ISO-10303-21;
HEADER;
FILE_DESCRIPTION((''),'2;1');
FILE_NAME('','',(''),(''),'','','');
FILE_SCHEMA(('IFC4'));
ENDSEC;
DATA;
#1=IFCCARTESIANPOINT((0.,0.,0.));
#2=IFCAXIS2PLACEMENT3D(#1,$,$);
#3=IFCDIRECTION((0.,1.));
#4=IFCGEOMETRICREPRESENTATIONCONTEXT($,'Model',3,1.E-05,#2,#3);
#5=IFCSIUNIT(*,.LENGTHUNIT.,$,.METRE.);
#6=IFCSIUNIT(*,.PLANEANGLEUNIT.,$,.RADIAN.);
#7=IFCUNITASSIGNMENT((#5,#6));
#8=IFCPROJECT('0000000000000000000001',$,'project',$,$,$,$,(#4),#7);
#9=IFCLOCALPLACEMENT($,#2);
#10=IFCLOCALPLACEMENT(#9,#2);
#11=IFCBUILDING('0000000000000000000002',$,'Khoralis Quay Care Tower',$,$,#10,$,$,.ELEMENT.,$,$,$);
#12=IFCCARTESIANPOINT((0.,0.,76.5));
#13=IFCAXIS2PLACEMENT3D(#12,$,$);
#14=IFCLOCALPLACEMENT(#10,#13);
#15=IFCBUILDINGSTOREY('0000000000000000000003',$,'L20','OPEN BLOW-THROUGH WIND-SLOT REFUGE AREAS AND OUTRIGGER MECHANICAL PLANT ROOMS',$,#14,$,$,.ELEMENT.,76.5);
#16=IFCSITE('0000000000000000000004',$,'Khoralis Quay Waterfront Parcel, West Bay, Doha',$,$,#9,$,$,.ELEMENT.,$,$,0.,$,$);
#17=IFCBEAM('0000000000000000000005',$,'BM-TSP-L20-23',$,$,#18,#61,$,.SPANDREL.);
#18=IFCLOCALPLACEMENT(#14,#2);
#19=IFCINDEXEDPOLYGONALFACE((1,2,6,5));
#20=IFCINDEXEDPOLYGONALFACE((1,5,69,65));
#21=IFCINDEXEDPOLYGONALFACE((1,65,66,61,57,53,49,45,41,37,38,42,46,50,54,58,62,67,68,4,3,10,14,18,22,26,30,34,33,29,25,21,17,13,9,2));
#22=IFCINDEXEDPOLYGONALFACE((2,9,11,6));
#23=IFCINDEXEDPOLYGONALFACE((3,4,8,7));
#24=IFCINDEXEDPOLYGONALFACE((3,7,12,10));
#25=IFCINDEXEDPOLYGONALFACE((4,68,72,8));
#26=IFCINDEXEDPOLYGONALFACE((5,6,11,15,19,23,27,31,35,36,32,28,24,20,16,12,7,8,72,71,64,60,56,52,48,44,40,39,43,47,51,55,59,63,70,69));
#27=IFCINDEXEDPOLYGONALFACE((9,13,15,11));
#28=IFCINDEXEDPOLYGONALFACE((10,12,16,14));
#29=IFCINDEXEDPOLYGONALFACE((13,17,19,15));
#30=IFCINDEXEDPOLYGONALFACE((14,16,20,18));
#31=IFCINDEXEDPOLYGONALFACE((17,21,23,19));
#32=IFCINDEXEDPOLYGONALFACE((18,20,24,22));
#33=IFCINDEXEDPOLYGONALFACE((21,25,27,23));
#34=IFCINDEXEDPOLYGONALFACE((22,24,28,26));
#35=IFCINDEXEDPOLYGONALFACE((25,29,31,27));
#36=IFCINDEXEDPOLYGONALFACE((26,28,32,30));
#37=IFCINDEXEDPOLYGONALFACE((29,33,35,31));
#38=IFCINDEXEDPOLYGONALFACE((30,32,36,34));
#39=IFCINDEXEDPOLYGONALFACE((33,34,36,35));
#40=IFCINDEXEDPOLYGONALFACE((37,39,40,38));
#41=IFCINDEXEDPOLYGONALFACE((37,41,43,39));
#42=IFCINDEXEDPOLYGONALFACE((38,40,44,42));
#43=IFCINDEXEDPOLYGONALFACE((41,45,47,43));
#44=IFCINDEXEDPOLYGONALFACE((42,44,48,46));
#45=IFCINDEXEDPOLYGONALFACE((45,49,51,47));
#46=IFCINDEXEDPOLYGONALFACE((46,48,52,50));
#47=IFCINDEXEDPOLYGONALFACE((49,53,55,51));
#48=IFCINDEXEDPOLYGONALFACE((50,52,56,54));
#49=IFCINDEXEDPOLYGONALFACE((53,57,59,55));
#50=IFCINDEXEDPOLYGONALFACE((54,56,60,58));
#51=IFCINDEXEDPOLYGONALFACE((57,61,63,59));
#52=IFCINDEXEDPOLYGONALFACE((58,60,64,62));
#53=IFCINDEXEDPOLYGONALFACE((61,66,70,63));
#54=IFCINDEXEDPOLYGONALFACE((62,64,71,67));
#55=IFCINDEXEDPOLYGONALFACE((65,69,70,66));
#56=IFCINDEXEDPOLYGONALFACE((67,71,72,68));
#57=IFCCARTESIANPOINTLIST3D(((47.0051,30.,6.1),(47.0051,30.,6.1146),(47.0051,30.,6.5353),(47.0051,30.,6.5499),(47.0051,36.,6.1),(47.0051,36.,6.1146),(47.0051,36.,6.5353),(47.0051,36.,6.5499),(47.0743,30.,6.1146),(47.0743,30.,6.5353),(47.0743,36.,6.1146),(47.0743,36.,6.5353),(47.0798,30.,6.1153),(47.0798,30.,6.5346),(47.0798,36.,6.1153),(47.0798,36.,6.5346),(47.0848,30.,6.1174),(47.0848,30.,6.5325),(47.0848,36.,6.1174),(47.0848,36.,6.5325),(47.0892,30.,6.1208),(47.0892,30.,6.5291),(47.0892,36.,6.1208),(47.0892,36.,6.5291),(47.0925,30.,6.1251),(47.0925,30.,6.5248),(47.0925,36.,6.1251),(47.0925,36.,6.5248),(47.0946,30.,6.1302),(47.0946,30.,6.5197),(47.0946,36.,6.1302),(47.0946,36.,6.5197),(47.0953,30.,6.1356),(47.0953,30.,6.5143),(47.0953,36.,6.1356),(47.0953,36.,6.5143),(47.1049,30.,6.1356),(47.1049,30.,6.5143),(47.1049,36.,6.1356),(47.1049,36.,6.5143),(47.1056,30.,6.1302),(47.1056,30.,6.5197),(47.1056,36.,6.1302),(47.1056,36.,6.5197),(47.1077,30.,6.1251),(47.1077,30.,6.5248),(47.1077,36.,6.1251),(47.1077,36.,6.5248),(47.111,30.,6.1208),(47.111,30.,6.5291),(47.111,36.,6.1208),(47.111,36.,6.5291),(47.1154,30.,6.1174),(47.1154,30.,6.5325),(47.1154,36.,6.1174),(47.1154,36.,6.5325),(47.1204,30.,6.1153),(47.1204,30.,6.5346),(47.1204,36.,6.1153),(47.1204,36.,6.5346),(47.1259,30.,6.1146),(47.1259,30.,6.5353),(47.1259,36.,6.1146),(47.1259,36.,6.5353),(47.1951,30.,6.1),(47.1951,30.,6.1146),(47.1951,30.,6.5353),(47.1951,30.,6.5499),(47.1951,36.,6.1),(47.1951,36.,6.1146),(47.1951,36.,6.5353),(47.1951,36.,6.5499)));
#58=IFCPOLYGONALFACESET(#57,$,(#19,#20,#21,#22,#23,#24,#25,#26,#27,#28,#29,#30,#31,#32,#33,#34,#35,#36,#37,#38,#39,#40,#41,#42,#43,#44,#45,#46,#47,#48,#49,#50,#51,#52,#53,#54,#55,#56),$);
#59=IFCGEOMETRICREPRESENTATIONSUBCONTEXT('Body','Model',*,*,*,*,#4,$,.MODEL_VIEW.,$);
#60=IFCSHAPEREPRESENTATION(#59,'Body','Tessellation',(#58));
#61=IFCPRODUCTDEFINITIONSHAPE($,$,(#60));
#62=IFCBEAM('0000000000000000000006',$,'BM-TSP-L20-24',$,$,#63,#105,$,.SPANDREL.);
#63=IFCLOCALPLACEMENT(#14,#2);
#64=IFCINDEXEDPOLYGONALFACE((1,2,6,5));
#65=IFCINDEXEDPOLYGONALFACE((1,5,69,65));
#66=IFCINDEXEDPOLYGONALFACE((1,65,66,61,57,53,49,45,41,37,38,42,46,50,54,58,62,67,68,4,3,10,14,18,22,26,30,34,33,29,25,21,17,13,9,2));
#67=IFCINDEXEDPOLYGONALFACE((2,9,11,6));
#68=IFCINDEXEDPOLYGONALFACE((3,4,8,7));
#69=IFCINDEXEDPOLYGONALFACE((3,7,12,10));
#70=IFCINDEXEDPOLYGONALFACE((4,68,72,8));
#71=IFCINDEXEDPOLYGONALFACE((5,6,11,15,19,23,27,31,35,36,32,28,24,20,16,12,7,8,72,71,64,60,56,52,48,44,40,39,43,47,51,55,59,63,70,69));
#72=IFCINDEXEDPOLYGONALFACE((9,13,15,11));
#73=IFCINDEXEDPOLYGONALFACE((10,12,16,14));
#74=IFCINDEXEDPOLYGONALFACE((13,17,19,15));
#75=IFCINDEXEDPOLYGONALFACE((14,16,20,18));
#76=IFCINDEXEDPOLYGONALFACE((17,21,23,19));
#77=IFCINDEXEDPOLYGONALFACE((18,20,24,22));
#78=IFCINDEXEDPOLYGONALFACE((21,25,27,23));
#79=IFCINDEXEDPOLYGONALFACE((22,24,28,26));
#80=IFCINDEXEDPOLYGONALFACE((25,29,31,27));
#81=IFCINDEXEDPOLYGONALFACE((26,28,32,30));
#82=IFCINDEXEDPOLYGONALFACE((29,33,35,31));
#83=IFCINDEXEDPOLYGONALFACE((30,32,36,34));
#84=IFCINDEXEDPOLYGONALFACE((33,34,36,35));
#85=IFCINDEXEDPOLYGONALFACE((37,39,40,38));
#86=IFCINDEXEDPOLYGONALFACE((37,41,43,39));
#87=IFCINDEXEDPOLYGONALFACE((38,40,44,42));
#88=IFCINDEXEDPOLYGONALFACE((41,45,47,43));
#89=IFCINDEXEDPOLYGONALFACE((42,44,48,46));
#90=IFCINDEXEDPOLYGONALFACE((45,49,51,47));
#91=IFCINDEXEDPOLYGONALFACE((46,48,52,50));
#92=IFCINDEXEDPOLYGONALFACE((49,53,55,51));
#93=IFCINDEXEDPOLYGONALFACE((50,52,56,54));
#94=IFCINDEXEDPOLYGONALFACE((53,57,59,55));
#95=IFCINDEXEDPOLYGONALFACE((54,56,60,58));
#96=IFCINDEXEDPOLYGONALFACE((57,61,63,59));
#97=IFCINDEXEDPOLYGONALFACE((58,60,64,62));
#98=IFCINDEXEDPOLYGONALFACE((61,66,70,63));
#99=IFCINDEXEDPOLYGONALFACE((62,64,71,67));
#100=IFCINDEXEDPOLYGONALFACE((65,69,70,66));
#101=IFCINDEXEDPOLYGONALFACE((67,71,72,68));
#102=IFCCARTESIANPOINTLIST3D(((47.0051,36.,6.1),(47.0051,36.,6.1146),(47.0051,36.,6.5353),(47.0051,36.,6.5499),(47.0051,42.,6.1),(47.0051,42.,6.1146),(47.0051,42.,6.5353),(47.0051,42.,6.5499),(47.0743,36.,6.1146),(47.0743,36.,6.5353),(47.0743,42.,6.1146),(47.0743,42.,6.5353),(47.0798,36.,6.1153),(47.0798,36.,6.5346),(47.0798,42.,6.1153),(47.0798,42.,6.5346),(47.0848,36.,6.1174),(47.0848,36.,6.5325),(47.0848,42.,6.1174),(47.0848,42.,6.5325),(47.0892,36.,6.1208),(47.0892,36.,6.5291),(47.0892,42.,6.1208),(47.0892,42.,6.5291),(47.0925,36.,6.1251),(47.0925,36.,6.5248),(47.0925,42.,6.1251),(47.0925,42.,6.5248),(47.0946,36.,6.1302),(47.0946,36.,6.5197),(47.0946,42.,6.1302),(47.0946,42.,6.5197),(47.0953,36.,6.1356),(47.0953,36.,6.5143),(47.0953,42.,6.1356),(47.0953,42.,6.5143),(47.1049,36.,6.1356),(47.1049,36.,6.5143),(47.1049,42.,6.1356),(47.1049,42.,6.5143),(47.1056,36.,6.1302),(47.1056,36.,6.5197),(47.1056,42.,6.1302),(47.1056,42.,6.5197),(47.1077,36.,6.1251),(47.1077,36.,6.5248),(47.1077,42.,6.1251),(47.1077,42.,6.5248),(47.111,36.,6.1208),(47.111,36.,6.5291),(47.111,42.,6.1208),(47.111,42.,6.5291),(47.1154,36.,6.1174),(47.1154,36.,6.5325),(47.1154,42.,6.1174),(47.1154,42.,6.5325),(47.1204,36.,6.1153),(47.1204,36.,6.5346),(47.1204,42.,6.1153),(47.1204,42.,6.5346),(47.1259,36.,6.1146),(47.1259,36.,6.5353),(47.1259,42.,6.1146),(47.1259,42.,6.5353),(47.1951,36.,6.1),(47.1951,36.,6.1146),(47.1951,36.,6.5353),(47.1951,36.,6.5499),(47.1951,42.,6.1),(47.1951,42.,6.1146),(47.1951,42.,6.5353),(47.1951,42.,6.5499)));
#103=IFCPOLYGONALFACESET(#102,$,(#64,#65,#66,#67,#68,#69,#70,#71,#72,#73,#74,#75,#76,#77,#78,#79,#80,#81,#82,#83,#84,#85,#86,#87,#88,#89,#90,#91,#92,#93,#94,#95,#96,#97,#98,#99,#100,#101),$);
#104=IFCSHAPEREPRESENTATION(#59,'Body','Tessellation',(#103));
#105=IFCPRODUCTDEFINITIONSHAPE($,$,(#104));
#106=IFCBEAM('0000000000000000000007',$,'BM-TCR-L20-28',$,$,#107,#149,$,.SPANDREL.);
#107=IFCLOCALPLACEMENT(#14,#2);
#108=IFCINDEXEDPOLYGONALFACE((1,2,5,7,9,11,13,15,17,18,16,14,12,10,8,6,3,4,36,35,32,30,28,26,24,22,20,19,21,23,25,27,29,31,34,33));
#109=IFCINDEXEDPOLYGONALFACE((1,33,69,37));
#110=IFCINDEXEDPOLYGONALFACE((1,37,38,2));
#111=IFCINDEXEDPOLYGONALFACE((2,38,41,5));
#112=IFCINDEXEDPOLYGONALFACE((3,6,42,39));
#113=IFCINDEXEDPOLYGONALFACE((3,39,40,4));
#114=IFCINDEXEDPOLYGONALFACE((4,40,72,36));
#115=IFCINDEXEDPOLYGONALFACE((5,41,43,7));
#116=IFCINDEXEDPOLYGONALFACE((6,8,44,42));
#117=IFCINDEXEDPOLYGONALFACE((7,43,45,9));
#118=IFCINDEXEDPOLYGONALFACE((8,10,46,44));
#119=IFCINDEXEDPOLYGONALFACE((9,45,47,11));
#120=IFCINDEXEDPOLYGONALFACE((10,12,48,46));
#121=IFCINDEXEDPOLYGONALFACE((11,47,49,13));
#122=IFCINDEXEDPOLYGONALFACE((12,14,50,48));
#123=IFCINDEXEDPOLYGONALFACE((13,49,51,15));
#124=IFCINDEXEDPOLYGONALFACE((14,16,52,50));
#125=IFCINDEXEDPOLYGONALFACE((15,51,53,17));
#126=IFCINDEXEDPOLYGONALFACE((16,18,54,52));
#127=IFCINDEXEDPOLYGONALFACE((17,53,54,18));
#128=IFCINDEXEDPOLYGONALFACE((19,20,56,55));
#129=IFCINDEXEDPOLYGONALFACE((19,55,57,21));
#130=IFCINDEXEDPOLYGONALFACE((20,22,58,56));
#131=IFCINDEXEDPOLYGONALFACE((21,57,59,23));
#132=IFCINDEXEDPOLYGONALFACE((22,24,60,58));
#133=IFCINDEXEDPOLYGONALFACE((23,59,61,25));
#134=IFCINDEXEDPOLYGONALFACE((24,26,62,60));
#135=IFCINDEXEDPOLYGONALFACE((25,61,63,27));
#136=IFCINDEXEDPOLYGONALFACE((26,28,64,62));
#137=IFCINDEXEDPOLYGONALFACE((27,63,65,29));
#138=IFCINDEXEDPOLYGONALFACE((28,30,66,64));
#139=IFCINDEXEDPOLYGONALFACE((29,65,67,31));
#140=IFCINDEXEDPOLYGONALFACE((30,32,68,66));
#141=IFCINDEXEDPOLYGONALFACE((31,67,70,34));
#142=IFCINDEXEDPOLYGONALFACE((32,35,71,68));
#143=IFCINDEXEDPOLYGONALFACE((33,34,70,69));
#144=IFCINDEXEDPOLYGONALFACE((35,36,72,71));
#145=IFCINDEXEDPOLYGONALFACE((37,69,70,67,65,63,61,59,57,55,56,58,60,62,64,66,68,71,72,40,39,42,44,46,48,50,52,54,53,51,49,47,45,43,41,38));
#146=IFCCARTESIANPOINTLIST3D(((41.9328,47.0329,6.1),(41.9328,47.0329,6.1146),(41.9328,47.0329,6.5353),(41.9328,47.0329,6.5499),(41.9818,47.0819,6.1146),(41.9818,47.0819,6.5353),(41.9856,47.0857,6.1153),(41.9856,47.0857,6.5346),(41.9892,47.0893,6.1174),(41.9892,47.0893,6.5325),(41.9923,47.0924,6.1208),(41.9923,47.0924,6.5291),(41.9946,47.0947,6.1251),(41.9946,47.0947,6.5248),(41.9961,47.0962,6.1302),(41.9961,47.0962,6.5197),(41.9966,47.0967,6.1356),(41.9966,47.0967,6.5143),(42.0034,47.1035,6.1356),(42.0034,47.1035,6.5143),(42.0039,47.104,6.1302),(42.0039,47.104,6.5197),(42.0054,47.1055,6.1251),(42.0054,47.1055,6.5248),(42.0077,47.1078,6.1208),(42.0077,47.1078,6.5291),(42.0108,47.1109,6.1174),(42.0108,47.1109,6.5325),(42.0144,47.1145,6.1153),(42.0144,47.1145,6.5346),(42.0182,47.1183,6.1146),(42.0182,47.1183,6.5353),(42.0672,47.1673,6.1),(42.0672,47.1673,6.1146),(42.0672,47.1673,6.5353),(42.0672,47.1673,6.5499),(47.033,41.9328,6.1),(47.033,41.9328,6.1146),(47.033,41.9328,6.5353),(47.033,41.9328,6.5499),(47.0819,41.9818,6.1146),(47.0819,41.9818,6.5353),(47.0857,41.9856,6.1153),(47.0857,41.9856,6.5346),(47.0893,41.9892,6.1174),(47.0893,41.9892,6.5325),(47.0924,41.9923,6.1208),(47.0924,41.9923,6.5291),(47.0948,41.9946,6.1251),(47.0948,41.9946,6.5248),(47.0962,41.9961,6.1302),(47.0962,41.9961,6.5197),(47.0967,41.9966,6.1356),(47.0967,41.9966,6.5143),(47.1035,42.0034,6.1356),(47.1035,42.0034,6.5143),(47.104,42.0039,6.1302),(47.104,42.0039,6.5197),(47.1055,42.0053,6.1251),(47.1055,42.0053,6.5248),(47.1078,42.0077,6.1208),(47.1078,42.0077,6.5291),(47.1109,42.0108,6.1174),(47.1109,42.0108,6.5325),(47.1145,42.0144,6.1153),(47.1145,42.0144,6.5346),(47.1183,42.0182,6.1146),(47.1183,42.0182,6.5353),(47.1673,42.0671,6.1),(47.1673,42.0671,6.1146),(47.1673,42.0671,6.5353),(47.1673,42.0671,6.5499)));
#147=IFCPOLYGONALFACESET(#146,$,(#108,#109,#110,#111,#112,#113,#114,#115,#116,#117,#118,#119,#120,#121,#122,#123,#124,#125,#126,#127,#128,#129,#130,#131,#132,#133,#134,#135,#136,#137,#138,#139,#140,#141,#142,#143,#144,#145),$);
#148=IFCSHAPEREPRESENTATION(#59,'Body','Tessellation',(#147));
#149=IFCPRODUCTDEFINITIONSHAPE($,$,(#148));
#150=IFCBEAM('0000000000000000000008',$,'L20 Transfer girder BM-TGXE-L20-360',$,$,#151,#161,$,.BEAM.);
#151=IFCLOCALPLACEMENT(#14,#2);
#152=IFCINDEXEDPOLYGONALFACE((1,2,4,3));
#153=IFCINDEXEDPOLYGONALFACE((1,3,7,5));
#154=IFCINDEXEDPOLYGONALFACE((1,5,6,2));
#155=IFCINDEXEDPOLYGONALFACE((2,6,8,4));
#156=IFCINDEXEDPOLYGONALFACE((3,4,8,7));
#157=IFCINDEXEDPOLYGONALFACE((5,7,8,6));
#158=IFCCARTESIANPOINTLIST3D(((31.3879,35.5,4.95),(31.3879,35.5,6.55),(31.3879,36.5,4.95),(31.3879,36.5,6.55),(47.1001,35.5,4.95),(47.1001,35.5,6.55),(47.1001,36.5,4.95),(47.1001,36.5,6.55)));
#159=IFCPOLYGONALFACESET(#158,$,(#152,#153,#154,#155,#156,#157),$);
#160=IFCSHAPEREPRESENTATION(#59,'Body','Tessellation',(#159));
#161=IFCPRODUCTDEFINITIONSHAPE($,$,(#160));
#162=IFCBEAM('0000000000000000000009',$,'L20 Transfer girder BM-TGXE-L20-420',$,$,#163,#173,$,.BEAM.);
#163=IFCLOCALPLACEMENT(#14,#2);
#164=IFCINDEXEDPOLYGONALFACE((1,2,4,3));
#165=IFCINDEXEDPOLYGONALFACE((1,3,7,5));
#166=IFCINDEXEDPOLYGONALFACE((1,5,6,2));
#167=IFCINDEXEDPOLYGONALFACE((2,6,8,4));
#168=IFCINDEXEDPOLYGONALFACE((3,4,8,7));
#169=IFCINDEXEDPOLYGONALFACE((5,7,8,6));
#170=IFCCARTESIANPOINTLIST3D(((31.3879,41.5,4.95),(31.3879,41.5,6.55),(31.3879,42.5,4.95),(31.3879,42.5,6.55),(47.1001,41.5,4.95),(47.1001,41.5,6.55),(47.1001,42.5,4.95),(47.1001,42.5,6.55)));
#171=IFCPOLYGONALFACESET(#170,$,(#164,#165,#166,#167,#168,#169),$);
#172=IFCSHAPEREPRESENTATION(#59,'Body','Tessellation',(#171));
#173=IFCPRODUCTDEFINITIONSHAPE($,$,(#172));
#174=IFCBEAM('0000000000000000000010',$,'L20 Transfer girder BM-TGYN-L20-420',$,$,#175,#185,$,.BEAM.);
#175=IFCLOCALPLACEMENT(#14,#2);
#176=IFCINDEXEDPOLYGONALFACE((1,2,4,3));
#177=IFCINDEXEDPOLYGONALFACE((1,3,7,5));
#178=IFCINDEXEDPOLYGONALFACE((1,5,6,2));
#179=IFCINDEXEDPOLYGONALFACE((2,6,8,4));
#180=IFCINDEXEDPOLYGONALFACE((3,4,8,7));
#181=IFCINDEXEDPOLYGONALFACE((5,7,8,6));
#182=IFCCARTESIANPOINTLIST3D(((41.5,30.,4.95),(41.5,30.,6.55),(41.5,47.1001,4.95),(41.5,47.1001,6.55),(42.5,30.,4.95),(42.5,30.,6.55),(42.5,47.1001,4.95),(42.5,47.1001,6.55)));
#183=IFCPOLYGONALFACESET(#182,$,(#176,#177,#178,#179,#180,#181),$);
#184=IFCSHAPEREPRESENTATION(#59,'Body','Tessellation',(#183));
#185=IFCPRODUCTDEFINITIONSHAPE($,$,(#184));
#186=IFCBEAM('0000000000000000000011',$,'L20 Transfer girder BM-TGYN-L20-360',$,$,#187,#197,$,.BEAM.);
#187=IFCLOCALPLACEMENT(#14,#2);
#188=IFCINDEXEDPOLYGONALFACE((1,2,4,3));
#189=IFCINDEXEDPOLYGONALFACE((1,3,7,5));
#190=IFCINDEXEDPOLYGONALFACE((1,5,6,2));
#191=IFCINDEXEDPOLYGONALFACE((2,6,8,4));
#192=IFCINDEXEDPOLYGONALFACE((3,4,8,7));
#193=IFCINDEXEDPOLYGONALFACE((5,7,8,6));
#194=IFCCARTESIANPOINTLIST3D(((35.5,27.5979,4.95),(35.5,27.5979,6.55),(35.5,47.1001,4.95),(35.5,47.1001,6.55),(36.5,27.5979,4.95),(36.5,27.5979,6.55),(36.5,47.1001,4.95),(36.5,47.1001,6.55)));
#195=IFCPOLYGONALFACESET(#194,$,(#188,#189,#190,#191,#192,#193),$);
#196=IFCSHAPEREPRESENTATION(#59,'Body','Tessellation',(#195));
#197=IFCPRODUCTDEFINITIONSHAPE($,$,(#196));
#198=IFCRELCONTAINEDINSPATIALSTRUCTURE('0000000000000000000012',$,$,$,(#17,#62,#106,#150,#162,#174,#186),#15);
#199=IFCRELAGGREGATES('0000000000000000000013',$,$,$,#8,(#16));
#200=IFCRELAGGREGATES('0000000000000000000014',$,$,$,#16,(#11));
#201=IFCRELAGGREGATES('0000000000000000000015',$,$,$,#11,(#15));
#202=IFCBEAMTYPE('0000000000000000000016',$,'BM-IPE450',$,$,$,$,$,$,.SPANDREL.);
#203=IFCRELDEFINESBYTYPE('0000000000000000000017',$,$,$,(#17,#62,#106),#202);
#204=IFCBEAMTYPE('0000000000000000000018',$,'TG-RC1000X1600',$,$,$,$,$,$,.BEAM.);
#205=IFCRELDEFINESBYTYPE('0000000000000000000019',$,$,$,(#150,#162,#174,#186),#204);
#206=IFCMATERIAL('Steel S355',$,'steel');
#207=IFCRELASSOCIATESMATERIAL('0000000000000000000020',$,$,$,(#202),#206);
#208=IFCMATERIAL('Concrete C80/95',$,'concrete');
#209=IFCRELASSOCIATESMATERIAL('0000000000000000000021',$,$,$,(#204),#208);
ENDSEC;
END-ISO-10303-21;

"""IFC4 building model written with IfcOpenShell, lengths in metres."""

from ifc_helpers import new_model, si_unit, direction, frame, origin, origin_2d, place, context, subcontext, project, spatial, rectangle, i_section, extrude, source, transform, mapped, material, material_profile, profile_set, type_object, element, save


model = new_model("IFC4")

# Units and contexts
model_context = context("Model", 3, precision=1e-05, world=origin(), true_north=direction((0.0, 1.0)))
body_context = subcontext(model_context, "Body", "Model", "MODEL_VIEW")
ifc_project = project(units=[si_unit("LENGTHUNIT", "METRE"), si_unit("PLANEANGLEUNIT", "RADIAN")], contexts=[model_context])

# Site, building, storey
site_placement = place(None, origin())
site = spatial("IfcSite", under=ifc_project, at=site_placement, Name="Khoralis Quay Waterfront Parcel, West Bay, Doha", CompositionType="ELEMENT", RefElevation=0.0)
building_placement = place(site_placement, origin())
building = spatial("IfcBuilding", under=site, at=building_placement, Name="Khoralis Quay Care Tower", CompositionType="ELEMENT")
storey_placement = place(building_placement, frame((0.0, 0.0, 76.5)))
storey = spatial("IfcBuildingStorey", under=building, at=storey_placement, Name="L20", Description="OPEN BLOW-THROUGH WIND-SLOT REFUGE AREAS AND OUTRIGGER MECHANICAL PLANT ROOMS", CompositionType="ELEMENT", Elevation=76.5)

# Shared definitions
ifc_material_1 = material(Name="Concrete C80/95", Category="concrete")

# Beams
ifc_material_2 = material(Name="Steel S355", Category="steel")
ifc_material_profile_1 = material_profile(ifc_material_2, i_section(OverallWidth=0.1899, OverallDepth=0.45, WebThickness=0.0095, FlangeThickness=0.0146, FilletRadius=0.021, at=origin_2d()), Name="Steel S355")
ifc_profile_set_1 = profile_set([ifc_material_profile_1], Name="Steel S355")
beam_type_1 = type_object("IfcBeamType", Name="BM-IPE450", PredefinedType="SPANDREL", material=ifc_profile_set_1)
shared_shape_1 = source(origin(), body_context, "Body", "SweptSolid", [
    extrude(i_section(OverallWidth=0.1899, OverallDepth=0.45, WebThickness=0.0095, FlangeThickness=0.0146, FilletRadius=0.021, at=origin_2d()), origin(), (0.0, 0.0, 1.0), 6.0),
])
for number, where, z_axis, x_axis, name in (
    (1, (47.1001, 30.0, 6.325), (0.0, 1.0, 0.0), (-1.0, 0.0, 0.0), "BM-TSP-L20-23"),
    (2, (47.1001, 36.0, 6.325), (0.0, 1.0, 0.0), (-1.0, 0.0, 0.0), "BM-TSP-L20-24"),
):
    element("IfcBeam", number, at=place(storey_placement, frame(where, z_axis=z_axis, x_axis=x_axis)), inside=storey, type_object=beam_type_1, Name=name, PredefinedType="SPANDREL", context=body_context, shape_type="MappedRepresentation", body=[
        mapped(shared_shape_1, transform((0.0, 0.0, 0.0), scale=1.0)),
    ])
shared_shape_2 = source(origin(), body_context, "Body", "SweptSolid", [
    extrude(i_section(OverallWidth=0.1899, OverallDepth=0.45, WebThickness=0.0095, FlangeThickness=0.0146, FilletRadius=0.021, at=origin_2d()), origin(), (0.0, 0.0, 1.0), 7.2126),
])
beam_1_placement = place(storey_placement, frame((42.0, 47.1001, 6.325), z_axis=(0.707107, -0.707107, 0.0), x_axis=(0.707107, 0.707107, 0.0)))
element("IfcBeam", 3, at=beam_1_placement, inside=storey, type_object=beam_type_1, Name="BM-TCR-L20-28", PredefinedType="SPANDREL", context=body_context, shape_type="MappedRepresentation", body=[
    mapped(shared_shape_2, transform((0.0, 0.0, 0.0), scale=1.0)),
])
ifc_material_profile_2 = material_profile(ifc_material_1, rectangle(XDim=1.0, YDim=1.6001, at=origin_2d()), Name="Concrete C80/95")
ifc_profile_set_2 = profile_set([ifc_material_profile_2], Name="Concrete C80/95")
beam_type_2 = type_object("IfcBeamType", Name="TG-RC1000X1600", PredefinedType="BEAM", material=ifc_profile_set_2)
shared_shape_3 = source(origin(), body_context, "Body", "SweptSolid", [
    extrude(rectangle(XDim=1.0, YDim=1.6001, at=origin_2d()), origin(), (0.0, 0.0, 1.0), 15.7122),
])
for number, where, z_axis, x_axis, name in (
    (4, (31.3879, 36.0, 5.75), (1.0, 0.0, 0.0), (0.0, 1.0, 0.0), "L20 Transfer girder BM-TGXE-L20-360"),
    (5, (31.3879, 42.0, 5.75), (1.0, 0.0, 0.0), (0.0, 1.0, 0.0), "L20 Transfer girder BM-TGXE-L20-420"),
):
    element("IfcBeam", number, at=place(storey_placement, frame(where, z_axis=z_axis, x_axis=x_axis)), inside=storey, type_object=beam_type_2, Name=name, PredefinedType="BEAM", context=body_context, shape_type="MappedRepresentation", body=[
        mapped(shared_shape_3, transform((0.0, 0.0, 0.0), scale=1.0)),
    ])
shared_shape_4 = source(origin(), body_context, "Body", "SweptSolid", [
    extrude(rectangle(XDim=1.0, YDim=1.6001, at=origin_2d()), origin(), (0.0, 0.0, 1.0), 17.1001),
])
beam_2_placement = place(storey_placement, frame((42.0, 30.0, 5.75), z_axis=(0.0, 1.0, 0.0), x_axis=(-1.0, 0.0, 0.0)))
element("IfcBeam", 6, at=beam_2_placement, inside=storey, type_object=beam_type_2, Name="L20 Transfer girder BM-TGYN-L20-420", PredefinedType="BEAM", context=body_context, shape_type="MappedRepresentation", body=[
    mapped(shared_shape_4, transform((0.0, 0.0, 0.0), scale=1.0)),
])
shared_shape_5 = source(origin(), body_context, "Body", "SweptSolid", [
    extrude(rectangle(XDim=1.0, YDim=1.6001, at=origin_2d()), origin(), (0.0, 0.0, 1.0), 19.5022),
])
beam_3_placement = place(storey_placement, frame((36.0, 27.5979, 5.75), z_axis=(0.0, 1.0, 0.0), x_axis=(-1.0, 0.0, 0.0)))
element("IfcBeam", 7, at=beam_3_placement, inside=storey, type_object=beam_type_2, Name="L20 Transfer girder BM-TGYN-L20-360", PredefinedType="BEAM", context=body_context, shape_type="MappedRepresentation", body=[
    mapped(shared_shape_5, transform((0.0, 0.0, 0.0), scale=1.0)),
])

save(model, "model.ifc")
